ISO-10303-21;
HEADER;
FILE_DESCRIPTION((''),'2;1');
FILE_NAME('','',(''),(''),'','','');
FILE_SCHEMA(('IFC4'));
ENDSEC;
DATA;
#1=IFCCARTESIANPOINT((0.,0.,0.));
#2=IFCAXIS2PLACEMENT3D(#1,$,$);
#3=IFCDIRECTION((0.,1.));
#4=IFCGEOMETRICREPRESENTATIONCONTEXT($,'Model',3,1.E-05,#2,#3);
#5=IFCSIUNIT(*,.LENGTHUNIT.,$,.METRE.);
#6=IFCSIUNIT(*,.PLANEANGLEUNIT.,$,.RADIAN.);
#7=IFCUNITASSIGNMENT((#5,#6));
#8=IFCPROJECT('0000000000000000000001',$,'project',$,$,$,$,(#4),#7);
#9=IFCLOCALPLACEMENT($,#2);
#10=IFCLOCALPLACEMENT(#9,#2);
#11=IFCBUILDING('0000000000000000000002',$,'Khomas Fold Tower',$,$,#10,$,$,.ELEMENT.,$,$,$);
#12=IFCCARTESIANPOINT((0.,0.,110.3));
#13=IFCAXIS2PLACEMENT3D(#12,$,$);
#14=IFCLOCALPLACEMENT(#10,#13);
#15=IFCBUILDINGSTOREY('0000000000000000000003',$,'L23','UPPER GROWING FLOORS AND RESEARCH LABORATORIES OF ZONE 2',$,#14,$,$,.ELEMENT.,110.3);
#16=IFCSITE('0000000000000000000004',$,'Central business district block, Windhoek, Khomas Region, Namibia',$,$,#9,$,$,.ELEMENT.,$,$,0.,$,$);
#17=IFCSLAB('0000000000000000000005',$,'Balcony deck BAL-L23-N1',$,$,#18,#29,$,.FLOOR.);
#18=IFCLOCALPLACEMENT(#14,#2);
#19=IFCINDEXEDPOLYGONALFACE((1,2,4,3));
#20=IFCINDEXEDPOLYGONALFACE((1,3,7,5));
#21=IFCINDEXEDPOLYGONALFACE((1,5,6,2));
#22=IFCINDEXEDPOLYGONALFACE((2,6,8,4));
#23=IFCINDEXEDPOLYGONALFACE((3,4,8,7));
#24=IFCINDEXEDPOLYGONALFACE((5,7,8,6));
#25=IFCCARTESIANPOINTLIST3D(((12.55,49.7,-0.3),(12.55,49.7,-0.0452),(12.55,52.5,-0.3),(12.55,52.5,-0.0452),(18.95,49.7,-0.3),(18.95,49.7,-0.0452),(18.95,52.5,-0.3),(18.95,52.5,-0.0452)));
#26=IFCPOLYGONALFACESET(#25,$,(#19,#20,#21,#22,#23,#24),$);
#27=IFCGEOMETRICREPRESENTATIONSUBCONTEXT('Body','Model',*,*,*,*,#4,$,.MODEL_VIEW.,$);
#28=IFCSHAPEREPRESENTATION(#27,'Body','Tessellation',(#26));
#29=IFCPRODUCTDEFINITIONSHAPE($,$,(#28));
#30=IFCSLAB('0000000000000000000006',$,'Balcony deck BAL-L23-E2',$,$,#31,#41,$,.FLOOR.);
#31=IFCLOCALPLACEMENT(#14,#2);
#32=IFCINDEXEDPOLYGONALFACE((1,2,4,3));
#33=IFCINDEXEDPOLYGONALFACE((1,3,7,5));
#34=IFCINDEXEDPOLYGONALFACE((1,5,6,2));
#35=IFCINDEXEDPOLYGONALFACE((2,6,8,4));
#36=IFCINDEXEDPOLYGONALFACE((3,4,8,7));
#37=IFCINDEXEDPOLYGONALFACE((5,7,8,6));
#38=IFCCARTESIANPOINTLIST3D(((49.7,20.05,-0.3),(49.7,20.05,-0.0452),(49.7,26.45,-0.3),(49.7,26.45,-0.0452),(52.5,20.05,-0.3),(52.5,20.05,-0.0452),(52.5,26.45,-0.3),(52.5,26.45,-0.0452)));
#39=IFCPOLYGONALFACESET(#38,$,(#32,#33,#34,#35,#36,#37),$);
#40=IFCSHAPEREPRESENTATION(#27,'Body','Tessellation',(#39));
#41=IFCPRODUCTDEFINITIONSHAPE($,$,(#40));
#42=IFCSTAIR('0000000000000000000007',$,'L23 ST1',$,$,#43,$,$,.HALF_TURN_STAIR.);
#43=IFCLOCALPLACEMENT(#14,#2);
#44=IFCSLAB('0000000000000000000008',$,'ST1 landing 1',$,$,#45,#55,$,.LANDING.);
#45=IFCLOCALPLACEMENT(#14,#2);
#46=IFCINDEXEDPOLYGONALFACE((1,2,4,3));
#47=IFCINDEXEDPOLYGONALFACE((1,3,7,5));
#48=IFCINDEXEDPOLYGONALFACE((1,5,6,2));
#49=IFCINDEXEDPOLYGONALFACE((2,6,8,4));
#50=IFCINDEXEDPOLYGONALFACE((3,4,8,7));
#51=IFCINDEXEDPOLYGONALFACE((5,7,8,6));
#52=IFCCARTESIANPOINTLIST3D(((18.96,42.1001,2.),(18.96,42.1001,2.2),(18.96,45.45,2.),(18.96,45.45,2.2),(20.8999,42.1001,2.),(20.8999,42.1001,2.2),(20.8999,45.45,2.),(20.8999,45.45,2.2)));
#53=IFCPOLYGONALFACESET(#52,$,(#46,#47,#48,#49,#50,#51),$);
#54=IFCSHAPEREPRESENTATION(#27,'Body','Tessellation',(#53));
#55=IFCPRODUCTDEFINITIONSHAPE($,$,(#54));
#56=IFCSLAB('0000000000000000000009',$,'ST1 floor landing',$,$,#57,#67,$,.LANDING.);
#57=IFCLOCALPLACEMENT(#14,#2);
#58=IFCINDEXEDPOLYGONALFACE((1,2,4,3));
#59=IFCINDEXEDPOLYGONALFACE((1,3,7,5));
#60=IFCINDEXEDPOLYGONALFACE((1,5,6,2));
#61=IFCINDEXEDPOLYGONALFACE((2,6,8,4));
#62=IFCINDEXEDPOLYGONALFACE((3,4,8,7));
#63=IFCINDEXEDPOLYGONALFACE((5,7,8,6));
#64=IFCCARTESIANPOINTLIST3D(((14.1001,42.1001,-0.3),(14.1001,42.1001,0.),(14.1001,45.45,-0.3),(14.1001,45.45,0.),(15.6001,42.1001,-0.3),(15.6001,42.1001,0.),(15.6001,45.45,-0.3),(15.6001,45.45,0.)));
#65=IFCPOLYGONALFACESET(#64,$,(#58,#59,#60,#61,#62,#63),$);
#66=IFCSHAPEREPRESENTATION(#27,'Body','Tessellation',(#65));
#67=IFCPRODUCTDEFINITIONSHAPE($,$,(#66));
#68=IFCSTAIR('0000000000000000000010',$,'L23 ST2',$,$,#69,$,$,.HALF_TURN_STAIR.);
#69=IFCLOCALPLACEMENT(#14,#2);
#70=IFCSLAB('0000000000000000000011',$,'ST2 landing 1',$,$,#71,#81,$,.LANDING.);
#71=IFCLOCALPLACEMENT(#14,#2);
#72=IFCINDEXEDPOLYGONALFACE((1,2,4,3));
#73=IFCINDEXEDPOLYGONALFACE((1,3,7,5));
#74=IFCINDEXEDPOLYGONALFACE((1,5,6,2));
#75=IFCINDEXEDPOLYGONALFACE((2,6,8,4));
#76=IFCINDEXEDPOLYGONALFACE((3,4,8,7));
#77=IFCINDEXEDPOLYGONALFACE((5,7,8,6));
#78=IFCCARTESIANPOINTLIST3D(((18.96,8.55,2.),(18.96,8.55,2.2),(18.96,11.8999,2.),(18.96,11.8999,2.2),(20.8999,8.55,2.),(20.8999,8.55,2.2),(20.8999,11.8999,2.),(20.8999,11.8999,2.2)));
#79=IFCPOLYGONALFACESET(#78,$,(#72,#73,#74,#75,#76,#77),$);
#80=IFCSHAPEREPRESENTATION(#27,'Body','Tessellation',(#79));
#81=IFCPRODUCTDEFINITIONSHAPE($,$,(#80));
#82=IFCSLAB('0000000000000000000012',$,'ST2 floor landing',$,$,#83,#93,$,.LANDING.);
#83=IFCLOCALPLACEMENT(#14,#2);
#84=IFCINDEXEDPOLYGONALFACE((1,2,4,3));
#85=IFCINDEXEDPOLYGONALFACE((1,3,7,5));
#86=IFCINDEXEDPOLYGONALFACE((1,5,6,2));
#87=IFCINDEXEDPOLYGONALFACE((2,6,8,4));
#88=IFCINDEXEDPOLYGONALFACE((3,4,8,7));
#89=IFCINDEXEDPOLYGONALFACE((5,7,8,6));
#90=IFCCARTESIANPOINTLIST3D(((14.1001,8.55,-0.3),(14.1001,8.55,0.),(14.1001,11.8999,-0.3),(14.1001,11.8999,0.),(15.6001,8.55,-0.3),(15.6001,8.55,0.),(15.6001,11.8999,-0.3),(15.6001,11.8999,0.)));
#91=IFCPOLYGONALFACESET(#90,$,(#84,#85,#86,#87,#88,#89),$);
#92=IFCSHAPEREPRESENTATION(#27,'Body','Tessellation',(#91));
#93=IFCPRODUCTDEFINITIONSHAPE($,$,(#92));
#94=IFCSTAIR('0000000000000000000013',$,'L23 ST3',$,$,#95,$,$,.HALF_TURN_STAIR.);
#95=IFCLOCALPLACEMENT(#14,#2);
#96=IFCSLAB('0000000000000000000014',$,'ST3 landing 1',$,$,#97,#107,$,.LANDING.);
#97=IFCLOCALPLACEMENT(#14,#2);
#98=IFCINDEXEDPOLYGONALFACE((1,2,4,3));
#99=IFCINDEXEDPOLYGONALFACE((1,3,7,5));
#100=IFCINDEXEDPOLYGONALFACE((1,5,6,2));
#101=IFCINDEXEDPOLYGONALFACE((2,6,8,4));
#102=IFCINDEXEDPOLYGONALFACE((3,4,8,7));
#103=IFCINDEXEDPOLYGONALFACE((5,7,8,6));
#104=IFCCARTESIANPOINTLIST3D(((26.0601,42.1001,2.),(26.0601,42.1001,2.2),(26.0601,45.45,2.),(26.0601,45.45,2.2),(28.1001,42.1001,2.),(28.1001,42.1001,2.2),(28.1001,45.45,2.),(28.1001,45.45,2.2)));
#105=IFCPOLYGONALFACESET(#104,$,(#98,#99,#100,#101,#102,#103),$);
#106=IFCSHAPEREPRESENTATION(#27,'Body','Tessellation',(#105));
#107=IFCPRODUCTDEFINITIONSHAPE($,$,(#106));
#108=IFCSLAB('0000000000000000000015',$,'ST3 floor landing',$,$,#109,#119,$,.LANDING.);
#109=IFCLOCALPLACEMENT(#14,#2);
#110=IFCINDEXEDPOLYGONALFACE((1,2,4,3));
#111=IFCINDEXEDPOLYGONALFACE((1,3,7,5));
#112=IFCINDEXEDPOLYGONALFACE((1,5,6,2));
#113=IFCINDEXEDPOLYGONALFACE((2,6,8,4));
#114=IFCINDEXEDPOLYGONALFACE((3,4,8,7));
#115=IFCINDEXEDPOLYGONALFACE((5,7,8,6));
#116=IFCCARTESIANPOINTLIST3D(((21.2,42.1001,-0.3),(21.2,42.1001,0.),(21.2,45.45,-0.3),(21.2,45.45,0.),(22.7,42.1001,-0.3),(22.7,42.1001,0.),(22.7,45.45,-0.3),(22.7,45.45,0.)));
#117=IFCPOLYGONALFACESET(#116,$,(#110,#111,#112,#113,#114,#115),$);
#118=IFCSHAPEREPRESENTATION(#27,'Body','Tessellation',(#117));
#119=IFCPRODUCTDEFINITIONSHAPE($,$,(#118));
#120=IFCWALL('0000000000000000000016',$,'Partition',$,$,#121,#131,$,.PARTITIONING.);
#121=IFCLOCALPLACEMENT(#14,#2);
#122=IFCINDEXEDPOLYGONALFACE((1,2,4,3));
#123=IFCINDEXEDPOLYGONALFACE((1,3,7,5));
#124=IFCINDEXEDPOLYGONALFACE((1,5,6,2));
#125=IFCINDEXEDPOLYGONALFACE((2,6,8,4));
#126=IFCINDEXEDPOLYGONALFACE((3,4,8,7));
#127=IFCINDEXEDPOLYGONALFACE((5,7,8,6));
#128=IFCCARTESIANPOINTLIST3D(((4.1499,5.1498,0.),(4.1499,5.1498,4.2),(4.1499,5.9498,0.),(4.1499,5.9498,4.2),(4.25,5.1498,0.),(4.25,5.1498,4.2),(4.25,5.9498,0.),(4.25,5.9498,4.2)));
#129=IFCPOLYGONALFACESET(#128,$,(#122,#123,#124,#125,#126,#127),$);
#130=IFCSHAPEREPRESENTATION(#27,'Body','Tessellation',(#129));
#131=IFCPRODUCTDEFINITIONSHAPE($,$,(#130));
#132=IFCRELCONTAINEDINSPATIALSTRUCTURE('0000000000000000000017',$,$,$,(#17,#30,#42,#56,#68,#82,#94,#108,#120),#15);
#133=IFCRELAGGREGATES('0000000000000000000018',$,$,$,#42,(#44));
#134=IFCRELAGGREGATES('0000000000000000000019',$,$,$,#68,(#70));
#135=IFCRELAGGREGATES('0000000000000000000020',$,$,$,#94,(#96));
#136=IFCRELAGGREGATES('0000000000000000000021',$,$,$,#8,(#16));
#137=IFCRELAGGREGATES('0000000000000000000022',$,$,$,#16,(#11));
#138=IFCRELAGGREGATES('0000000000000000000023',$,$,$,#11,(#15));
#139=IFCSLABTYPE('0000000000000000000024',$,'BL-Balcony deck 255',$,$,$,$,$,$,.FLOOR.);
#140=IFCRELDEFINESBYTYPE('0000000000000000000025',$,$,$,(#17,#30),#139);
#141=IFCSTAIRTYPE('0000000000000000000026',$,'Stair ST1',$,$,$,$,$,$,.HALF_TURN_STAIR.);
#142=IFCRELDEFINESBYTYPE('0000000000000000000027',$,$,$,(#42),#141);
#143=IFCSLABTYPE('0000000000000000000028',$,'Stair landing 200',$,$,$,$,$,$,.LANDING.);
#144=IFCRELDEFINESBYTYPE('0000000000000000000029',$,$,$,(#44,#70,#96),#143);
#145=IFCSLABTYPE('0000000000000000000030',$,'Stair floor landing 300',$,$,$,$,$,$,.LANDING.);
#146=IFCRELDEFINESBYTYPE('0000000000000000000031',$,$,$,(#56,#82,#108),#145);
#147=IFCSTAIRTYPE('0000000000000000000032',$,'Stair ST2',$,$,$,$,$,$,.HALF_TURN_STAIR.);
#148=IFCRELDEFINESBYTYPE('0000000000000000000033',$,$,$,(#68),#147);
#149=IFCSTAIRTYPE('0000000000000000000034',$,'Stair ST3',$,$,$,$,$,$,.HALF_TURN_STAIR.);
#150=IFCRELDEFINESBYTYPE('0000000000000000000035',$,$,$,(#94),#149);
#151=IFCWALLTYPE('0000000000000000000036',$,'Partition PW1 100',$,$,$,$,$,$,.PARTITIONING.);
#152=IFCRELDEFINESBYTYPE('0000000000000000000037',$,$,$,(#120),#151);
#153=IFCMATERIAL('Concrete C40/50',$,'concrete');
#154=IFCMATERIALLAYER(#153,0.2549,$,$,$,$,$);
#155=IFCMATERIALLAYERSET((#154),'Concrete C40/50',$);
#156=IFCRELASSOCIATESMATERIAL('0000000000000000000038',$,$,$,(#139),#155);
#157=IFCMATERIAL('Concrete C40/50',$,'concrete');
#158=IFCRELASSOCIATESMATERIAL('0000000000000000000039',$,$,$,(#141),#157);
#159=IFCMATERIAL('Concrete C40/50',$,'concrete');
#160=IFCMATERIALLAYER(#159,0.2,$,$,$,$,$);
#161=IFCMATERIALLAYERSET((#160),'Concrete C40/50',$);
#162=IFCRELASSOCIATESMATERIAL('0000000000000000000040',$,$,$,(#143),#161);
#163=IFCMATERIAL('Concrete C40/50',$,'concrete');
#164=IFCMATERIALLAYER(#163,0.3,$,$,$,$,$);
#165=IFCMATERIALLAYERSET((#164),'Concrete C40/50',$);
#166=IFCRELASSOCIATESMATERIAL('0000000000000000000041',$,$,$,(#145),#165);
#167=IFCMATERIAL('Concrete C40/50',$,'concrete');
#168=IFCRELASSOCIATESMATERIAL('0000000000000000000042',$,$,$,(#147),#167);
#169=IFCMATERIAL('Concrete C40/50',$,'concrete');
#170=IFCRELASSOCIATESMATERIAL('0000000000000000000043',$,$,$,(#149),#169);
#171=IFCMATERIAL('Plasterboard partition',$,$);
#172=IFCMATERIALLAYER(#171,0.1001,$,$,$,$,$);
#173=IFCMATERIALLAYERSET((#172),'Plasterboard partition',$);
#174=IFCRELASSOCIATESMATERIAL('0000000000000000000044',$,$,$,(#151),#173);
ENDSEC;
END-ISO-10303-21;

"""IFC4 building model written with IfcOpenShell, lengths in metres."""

from ifc_helpers import new_model, si_unit, direction, frame, frame_2d, origin, place, context, subcontext, project, spatial, polyline, rectangle, outline, extrude, source, transform, mapped, material, layer, layer_set, type_object, element, aggregate, save


model = new_model("IFC4")

# Units and contexts
model_context = context("Model", 3, precision=1e-05, world=origin(), true_north=direction((0.0, 1.0)))
body_context = subcontext(model_context, "Body", "Model", "MODEL_VIEW")
ifc_project = project(units=[si_unit("LENGTHUNIT", "METRE"), si_unit("PLANEANGLEUNIT", "RADIAN")], contexts=[model_context])

# Site, building, storey
site_placement = place(None, origin())
site = spatial("IfcSite", under=ifc_project, at=site_placement, Name="Central business district block, Windhoek, Khomas Region, Namibia", CompositionType="ELEMENT", RefElevation=0.0)
building_placement = place(site_placement, origin())
building = spatial("IfcBuilding", under=site, at=building_placement, Name="Khomas Fold Tower", CompositionType="ELEMENT")
storey_placement = place(building_placement, frame((0.0, 0.0, 110.3)))
storey = spatial("IfcBuildingStorey", under=building, at=storey_placement, Name="L23", Description="UPPER GROWING FLOORS AND RESEARCH LABORATORIES OF ZONE 2", CompositionType="ELEMENT", Elevation=110.3)

# Slabs
ifc_material_1 = material(Name="Concrete C40/50", Category="concrete")
ifc_layer_1 = layer(ifc_material_1, 0.2549)
ifc_layer_set_1 = layer_set([ifc_layer_1], Name="Concrete C40/50")
slab_type_1 = type_object("IfcSlabType", Name="BL-Balcony deck 255", PredefinedType="FLOOR", material=ifc_layer_set_1)
shared_shape_1 = source(origin(), body_context, "Body", "SweptSolid", [
    extrude(outline(polyline([(12.55, 49.7), (18.95, 49.7), (18.95, 52.5), (12.55, 52.5), (12.55, 49.7)])), origin(), (0.0, 0.0, 1.0), 0.2549),
])
slab_1_placement = place(storey_placement, frame((0.0, 0.0, -0.3)))
element("IfcSlab", 1, at=slab_1_placement, inside=storey, type_object=slab_type_1, Name="Balcony deck BAL-L23-N1", PredefinedType="FLOOR", context=body_context, shape_type="MappedRepresentation", body=[
    mapped(shared_shape_1, transform((0.0, 0.0, 0.0))),
])
shared_shape_2 = source(origin(), body_context, "Body", "SweptSolid", [
    extrude(outline(polyline([(49.7, 20.05), (52.5, 20.05), (52.5, 26.45), (49.7, 26.45), (49.7, 20.05)])), origin(), (0.0, 0.0, 1.0), 0.2549),
])
slab_2_placement = place(storey_placement, frame((0.0, 0.0, -0.3)))
element("IfcSlab", 2, at=slab_2_placement, inside=storey, type_object=slab_type_1, Name="Balcony deck BAL-L23-E2", PredefinedType="FLOOR", context=body_context, shape_type="MappedRepresentation", body=[
    mapped(shared_shape_2, transform((0.0, 0.0, 0.0))),
])

# Stair, slab
ifc_material_2 = material(Name="Concrete C40/50", Category="concrete")
stair_type_1 = type_object("IfcStairType", Name="Stair ST1", PredefinedType="HALF_TURN_STAIR", material=ifc_material_2)
stair_1_placement = place(storey_placement, origin())
stair_1 = element("IfcStair", 3, at=stair_1_placement, inside=storey, type_object=stair_type_1, Name="L23 ST1", PredefinedType="HALF_TURN_STAIR")
ifc_material_3 = material(Name="Concrete C40/50", Category="concrete")
ifc_layer_2 = layer(ifc_material_3, 0.2)
ifc_layer_set_2 = layer_set([ifc_layer_2], Name="Concrete C40/50")
slab_type_2 = type_object("IfcSlabType", Name="Stair landing 200", PredefinedType="LANDING", material=ifc_layer_set_2)
shared_shape_3 = source(origin(), body_context, "Body", "SweptSolid", [
    extrude(outline(polyline([(18.96, 42.1001), (20.8999, 42.1001), (20.8999, 45.45), (18.96, 45.45), (18.96, 42.1001)])), origin(), (0.0, 0.0, 1.0), 0.2),
])
slab_3_placement = place(storey_placement, frame((0.0, 0.0, 2.0)))
slab_3 = element("IfcSlab", 4, at=slab_3_placement, type_object=slab_type_2, Name="ST1 landing 1", PredefinedType="LANDING", context=body_context, shape_type="MappedRepresentation", body=[
    mapped(shared_shape_3, transform((0.0, 0.0, 0.0))),
])
aggregate(stair_1, [slab_3])

# Slab
ifc_material_4 = material(Name="Concrete C40/50", Category="concrete")
ifc_layer_3 = layer(ifc_material_4, 0.3)
ifc_layer_set_3 = layer_set([ifc_layer_3], Name="Concrete C40/50")
slab_type_3 = type_object("IfcSlabType", Name="Stair floor landing 300", PredefinedType="LANDING", material=ifc_layer_set_3)
shared_shape_4 = source(origin(), body_context, "Body", "SweptSolid", [
    extrude(outline(polyline([(15.6001, 42.1001), (14.1001, 42.1001), (14.1001, 45.45), (15.6001, 45.45), (15.6001, 42.1001)])), origin(), (0.0, 0.0, 1.0), 0.3),
])
slab_4_placement = place(storey_placement, frame((0.0, 0.0, -0.3)))
element("IfcSlab", 5, at=slab_4_placement, inside=storey, type_object=slab_type_3, Name="ST1 floor landing", PredefinedType="LANDING", context=body_context, shape_type="MappedRepresentation", body=[
    mapped(shared_shape_4, transform((0.0, 0.0, 0.0))),
])

# Stair, slab
ifc_material_5 = material(Name="Concrete C40/50", Category="concrete")
stair_type_2 = type_object("IfcStairType", Name="Stair ST2", PredefinedType="HALF_TURN_STAIR", material=ifc_material_5)
stair_2_placement = place(storey_placement, origin())
stair_2 = element("IfcStair", 6, at=stair_2_placement, inside=storey, type_object=stair_type_2, Name="L23 ST2", PredefinedType="HALF_TURN_STAIR")
shared_shape_5 = source(origin(), body_context, "Body", "SweptSolid", [
    extrude(outline(polyline([(18.96, 8.55), (20.8999, 8.55), (20.8999, 11.8999), (18.96, 11.8999), (18.96, 8.55)])), origin(), (0.0, 0.0, 1.0), 0.2),
])
slab_5_placement = place(storey_placement, frame((0.0, 0.0, 2.0)))
slab_5 = element("IfcSlab", 7, at=slab_5_placement, type_object=slab_type_2, Name="ST2 landing 1", PredefinedType="LANDING", context=body_context, shape_type="MappedRepresentation", body=[
    mapped(shared_shape_5, transform((0.0, 0.0, 0.0))),
])
aggregate(stair_2, [slab_5])

# Slab
shared_shape_6 = source(origin(), body_context, "Body", "SweptSolid", [
    extrude(outline(polyline([(15.6001, 8.55), (14.1001, 8.55), (14.1001, 11.8999), (15.6001, 11.8999), (15.6001, 8.55)])), origin(), (0.0, 0.0, 1.0), 0.3),
])
slab_6_placement = place(storey_placement, frame((0.0, 0.0, -0.3)))
element("IfcSlab", 8, at=slab_6_placement, inside=storey, type_object=slab_type_3, Name="ST2 floor landing", PredefinedType="LANDING", context=body_context, shape_type="MappedRepresentation", body=[
    mapped(shared_shape_6, transform((0.0, 0.0, 0.0))),
])

# Stair, slab
ifc_material_6 = material(Name="Concrete C40/50", Category="concrete")
stair_type_3 = type_object("IfcStairType", Name="Stair ST3", PredefinedType="HALF_TURN_STAIR", material=ifc_material_6)
stair_3_placement = place(storey_placement, origin())
stair_3 = element("IfcStair", 9, at=stair_3_placement, inside=storey, type_object=stair_type_3, Name="L23 ST3", PredefinedType="HALF_TURN_STAIR")
shared_shape_7 = source(origin(), body_context, "Body", "SweptSolid", [
    extrude(outline(polyline([(26.0601, 42.1001), (28.1001, 42.1001), (28.1001, 45.45), (26.0601, 45.45), (26.0601, 42.1001)])), origin(), (0.0, 0.0, 1.0), 0.2),
])
slab_7_placement = place(storey_placement, frame((0.0, 0.0, 2.0)))
slab_7 = element("IfcSlab", 10, at=slab_7_placement, type_object=slab_type_2, Name="ST3 landing 1", PredefinedType="LANDING", context=body_context, shape_type="MappedRepresentation", body=[
    mapped(shared_shape_7, transform((0.0, 0.0, 0.0))),
])
aggregate(stair_3, [slab_7])

# Slab
shared_shape_8 = source(origin(), body_context, "Body", "SweptSolid", [
    extrude(outline(polyline([(22.7, 42.1001), (21.2, 42.1001), (21.2, 45.45), (22.7, 45.45), (22.7, 42.1001)])), origin(), (0.0, 0.0, 1.0), 0.3),
])
slab_8_placement = place(storey_placement, frame((0.0, 0.0, -0.3)))
element("IfcSlab", 11, at=slab_8_placement, inside=storey, type_object=slab_type_3, Name="ST3 floor landing", PredefinedType="LANDING", context=body_context, shape_type="MappedRepresentation", body=[
    mapped(shared_shape_8, transform((0.0, 0.0, 0.0))),
])

# Wall
ifc_material_7 = material(Name="Plasterboard partition")
ifc_layer_4 = layer(ifc_material_7, 0.1001)
ifc_layer_set_4 = layer_set([ifc_layer_4], Name="Plasterboard partition")
wall_type_1 = type_object("IfcWallType", Name="Partition PW1 100", PredefinedType="PARTITIONING", material=ifc_layer_set_4)
shared_shape_9 = source(origin(), body_context, "Body", "SweptSolid", [
    extrude(rectangle(XDim=0.8, YDim=0.1001, at=frame_2d((0.3999, 0.0))), origin(), (0.0, 0.0, 1.0), 4.2),
])
wall_1_placement = place(storey_placement, frame((4.2, 5.1499, 0.0), z_axis=(0.0, 0.0, 1.0), x_axis=(0.0, 1.0, 0.0)))
element("IfcWall", 12, at=wall_1_placement, inside=storey, type_object=wall_type_1, Name="Partition", PredefinedType="PARTITIONING", context=body_context, shape_type="MappedRepresentation", body=[
    mapped(shared_shape_9, transform((0.0, 0.0, 0.0))),
])

save(model, "model.ifc")
